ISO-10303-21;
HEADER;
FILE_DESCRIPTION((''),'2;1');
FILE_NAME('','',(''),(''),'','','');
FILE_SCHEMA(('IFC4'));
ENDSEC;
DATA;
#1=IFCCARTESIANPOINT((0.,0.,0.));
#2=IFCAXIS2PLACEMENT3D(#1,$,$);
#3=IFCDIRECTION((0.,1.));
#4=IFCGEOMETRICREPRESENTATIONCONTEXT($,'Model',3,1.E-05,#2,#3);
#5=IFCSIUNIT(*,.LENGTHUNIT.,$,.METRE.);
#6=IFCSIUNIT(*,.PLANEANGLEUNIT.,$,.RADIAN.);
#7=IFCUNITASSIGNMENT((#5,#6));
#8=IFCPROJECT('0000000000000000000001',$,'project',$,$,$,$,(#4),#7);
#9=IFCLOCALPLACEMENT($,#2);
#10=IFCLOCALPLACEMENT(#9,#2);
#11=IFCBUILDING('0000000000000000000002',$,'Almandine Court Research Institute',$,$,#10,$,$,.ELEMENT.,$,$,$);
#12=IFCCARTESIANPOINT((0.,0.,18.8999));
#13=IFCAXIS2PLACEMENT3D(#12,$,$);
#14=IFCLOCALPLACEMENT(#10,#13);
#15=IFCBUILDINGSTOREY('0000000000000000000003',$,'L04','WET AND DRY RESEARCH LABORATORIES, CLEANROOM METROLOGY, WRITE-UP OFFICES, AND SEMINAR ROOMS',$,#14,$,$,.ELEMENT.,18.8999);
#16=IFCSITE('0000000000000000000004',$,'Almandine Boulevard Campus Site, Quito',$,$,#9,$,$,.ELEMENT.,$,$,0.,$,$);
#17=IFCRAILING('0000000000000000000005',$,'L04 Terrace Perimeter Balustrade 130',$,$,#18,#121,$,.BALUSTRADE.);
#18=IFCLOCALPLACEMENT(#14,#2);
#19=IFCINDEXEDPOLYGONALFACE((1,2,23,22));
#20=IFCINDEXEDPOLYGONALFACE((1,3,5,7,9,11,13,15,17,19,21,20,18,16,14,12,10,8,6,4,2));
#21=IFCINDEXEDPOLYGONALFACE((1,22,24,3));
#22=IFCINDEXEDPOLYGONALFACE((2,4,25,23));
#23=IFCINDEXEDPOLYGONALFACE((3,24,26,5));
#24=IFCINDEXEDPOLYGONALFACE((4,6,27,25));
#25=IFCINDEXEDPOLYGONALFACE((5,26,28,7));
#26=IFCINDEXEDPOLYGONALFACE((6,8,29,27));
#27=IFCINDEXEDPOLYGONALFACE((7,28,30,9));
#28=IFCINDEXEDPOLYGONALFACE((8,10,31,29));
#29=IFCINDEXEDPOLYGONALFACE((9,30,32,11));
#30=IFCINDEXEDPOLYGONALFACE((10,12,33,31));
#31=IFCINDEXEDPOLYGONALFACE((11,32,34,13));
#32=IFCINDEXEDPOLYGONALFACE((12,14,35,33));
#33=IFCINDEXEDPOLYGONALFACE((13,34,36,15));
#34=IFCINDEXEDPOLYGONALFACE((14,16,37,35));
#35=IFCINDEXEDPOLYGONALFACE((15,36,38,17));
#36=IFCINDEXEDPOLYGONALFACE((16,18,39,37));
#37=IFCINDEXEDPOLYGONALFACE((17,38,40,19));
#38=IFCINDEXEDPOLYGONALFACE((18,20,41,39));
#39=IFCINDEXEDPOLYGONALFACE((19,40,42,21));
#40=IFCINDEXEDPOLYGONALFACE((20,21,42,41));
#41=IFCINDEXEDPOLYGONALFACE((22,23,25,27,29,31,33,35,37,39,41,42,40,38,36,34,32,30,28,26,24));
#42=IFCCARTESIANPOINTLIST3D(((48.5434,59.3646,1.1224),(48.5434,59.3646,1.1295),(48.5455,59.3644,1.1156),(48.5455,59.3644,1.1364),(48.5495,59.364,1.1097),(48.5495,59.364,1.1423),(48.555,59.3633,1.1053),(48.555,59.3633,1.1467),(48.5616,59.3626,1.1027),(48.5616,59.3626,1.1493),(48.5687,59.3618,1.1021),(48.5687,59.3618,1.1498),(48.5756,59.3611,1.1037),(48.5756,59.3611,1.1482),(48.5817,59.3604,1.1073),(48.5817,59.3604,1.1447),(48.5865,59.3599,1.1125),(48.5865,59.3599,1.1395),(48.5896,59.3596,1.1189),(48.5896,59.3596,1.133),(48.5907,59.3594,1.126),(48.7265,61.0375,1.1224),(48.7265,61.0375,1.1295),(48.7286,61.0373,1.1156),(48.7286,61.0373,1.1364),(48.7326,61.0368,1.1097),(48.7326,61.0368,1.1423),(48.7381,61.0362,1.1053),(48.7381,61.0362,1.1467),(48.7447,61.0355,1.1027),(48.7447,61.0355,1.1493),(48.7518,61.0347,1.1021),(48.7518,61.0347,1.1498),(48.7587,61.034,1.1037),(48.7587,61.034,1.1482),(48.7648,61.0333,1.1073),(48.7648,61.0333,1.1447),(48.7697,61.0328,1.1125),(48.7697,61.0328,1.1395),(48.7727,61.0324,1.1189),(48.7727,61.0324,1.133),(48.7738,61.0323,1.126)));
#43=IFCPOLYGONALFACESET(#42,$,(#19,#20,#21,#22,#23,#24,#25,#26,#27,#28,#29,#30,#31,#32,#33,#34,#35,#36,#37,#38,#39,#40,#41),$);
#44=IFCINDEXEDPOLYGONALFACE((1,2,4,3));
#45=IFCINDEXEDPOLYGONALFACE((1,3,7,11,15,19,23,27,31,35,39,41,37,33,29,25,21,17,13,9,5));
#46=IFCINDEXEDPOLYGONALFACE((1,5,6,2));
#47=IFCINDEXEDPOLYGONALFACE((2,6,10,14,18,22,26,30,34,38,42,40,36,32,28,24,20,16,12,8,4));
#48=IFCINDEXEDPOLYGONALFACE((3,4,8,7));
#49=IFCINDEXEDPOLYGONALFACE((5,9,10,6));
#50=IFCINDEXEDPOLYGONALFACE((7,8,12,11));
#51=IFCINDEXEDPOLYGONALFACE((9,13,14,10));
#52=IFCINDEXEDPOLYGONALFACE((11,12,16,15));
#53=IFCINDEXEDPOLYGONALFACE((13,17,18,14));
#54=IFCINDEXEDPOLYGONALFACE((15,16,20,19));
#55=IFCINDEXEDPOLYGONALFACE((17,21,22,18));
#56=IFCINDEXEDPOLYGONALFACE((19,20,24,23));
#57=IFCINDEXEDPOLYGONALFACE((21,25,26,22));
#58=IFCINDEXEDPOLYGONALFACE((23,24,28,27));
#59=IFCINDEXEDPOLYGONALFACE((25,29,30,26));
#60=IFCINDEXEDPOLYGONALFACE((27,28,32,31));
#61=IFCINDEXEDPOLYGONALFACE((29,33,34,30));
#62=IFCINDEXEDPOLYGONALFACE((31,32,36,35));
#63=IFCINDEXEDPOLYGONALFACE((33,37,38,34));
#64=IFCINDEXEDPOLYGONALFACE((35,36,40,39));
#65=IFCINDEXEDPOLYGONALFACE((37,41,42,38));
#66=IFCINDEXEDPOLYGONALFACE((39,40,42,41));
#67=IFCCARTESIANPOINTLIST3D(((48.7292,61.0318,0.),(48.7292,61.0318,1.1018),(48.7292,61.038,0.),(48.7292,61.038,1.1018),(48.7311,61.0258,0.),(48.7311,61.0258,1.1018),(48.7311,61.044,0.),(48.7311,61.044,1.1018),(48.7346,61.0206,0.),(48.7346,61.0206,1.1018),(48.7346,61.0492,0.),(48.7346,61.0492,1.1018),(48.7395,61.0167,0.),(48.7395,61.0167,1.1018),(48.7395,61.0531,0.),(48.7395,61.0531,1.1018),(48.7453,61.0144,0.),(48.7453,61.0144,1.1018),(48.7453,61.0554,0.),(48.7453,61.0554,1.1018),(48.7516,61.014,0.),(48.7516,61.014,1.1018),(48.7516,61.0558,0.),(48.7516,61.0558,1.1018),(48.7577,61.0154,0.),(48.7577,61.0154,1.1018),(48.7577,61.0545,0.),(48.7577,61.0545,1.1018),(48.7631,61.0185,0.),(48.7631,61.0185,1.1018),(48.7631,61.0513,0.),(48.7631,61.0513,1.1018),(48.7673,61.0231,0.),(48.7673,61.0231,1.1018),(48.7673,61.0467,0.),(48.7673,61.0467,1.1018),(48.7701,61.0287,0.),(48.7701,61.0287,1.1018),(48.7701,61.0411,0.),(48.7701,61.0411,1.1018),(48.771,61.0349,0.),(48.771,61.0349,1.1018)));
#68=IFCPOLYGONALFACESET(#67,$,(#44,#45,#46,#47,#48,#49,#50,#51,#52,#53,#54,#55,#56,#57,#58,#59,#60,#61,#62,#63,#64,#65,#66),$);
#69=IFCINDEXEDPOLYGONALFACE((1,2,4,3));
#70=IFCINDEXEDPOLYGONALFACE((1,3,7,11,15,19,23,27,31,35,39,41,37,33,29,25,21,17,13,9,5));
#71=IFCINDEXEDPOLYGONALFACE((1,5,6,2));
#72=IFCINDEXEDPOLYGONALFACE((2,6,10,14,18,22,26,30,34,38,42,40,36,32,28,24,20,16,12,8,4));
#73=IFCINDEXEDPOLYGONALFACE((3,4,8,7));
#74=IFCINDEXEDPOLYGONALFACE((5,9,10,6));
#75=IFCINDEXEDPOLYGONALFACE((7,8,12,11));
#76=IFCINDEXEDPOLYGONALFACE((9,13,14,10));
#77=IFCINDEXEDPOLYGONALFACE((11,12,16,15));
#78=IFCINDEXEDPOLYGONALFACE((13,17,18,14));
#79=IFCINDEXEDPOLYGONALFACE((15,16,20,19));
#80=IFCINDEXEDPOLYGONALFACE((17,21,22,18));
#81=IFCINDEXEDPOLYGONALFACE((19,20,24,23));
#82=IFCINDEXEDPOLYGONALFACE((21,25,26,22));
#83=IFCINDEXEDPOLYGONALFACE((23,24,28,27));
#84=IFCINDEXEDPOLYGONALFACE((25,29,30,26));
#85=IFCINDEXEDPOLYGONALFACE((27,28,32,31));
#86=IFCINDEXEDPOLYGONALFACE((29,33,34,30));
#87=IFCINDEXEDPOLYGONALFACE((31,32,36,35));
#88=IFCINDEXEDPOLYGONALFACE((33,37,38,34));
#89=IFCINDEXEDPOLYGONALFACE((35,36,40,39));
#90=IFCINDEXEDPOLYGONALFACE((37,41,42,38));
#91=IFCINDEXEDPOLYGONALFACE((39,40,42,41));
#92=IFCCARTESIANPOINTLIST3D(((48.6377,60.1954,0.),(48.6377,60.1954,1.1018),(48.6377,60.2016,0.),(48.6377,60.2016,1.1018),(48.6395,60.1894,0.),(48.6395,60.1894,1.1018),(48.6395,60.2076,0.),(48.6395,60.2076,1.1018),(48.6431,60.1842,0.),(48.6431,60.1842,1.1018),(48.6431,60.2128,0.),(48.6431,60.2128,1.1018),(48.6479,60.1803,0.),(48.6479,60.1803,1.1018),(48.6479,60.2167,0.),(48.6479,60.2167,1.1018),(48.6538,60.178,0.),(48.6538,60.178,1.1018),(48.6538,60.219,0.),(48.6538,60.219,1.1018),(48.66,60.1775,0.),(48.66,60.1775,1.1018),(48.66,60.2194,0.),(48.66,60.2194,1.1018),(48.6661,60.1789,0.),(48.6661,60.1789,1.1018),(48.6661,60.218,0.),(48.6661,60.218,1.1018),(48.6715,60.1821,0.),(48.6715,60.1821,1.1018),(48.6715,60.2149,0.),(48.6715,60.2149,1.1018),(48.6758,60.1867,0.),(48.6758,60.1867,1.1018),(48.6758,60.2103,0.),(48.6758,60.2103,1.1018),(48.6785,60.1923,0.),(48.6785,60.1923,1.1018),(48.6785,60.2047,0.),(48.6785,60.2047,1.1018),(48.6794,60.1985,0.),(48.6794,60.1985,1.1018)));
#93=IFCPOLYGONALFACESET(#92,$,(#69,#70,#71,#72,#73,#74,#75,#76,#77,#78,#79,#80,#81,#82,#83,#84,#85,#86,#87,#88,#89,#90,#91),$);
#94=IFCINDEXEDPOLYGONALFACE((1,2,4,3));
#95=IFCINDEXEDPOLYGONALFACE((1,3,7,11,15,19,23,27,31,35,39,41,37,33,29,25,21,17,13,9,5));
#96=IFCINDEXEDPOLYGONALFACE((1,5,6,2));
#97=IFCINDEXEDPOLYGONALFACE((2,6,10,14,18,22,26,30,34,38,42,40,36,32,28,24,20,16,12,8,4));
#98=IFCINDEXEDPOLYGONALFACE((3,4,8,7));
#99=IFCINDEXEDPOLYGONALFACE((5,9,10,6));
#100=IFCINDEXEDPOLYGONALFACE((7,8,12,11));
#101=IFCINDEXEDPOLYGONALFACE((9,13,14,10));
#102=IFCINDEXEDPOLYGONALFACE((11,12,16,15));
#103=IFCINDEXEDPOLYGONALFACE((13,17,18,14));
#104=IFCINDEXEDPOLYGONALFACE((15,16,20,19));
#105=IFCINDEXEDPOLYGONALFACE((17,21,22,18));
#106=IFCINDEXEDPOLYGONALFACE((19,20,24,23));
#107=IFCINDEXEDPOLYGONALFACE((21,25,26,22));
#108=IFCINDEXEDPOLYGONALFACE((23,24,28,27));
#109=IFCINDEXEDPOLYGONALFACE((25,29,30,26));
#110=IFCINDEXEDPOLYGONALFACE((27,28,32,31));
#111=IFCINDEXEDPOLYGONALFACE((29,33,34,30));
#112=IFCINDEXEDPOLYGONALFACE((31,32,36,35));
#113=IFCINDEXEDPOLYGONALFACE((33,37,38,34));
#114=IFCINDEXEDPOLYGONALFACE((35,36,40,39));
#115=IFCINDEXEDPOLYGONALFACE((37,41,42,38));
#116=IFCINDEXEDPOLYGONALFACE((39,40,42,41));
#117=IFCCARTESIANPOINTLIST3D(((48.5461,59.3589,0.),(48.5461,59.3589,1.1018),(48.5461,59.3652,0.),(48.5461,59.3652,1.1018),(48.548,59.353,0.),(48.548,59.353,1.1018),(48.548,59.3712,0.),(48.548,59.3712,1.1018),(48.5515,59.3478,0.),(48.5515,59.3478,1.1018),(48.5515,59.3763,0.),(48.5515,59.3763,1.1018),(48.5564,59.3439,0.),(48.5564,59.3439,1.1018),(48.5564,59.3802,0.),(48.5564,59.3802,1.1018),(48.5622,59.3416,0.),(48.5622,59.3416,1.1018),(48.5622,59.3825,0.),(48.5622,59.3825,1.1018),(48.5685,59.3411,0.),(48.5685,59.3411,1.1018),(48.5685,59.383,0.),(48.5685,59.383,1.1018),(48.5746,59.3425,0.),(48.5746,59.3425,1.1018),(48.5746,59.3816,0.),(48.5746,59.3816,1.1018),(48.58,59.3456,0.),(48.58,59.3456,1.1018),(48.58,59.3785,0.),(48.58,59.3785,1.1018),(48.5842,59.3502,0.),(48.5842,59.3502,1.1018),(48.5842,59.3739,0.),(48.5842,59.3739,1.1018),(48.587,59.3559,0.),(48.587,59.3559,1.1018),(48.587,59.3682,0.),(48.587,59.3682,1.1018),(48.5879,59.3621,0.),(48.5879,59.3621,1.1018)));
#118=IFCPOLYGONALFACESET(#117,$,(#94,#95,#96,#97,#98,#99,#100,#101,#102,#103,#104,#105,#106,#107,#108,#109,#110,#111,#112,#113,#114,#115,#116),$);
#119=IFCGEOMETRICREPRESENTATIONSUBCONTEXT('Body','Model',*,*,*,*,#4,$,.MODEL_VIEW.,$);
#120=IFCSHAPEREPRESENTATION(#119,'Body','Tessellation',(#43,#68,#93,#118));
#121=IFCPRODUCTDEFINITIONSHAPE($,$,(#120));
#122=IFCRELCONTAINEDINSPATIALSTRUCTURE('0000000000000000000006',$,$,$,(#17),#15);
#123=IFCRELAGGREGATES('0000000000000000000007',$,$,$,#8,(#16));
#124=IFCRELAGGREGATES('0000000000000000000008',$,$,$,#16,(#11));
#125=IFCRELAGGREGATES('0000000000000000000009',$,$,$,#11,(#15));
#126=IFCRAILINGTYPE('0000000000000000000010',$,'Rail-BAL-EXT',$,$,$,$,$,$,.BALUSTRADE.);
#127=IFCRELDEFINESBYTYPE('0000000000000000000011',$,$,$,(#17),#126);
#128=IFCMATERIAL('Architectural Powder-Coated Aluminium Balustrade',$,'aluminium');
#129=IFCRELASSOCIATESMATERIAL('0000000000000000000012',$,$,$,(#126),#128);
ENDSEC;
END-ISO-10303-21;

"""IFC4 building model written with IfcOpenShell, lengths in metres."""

from ifc_helpers import new_model, si_unit, direction, frame, origin, origin_2d, place, context, subcontext, project, spatial, circle, extrude, material, type_object, element, save


model = new_model("IFC4")

# Units and contexts
model_context = context("Model", 3, precision=1e-05, world=origin(), true_north=direction((0.0, 1.0)))
body_context = subcontext(model_context, "Body", "Model", "MODEL_VIEW")
ifc_project = project(units=[si_unit("LENGTHUNIT", "METRE"), si_unit("PLANEANGLEUNIT", "RADIAN")], contexts=[model_context])

# Site, building, storey
site_placement = place(None, origin())
site = spatial("IfcSite", under=ifc_project, at=site_placement, Name="Almandine Boulevard Campus Site, Quito", CompositionType="ELEMENT", RefElevation=0.0)
building_placement = place(site_placement, origin())
building = spatial("IfcBuilding", under=site, at=building_placement, Name="Almandine Court Research Institute", CompositionType="ELEMENT")
storey_placement = place(building_placement, frame((0.0, 0.0, 18.8999)))
storey = spatial("IfcBuildingStorey", under=building, at=storey_placement, Name="L04", Description="WET AND DRY RESEARCH LABORATORIES, CLEANROOM METROLOGY, WRITE-UP OFFICES, AND SEMINAR ROOMS", CompositionType="ELEMENT", Elevation=18.8999)

# Railing
ifc_material_1 = material(Name="Architectural Powder-Coated Aluminium Balustrade", Category="aluminium")
railing_type = type_object("IfcRailingType", Name="Rail-BAL-EXT", PredefinedType="BALUSTRADE", material=ifc_material_1)
railing_1_placement = place(storey_placement, frame((48.75, 61.0349, 0.0)))
element("IfcRailing", 1, at=railing_1_placement, inside=storey, type_object=railing_type, Name="L04 Terrace Perimeter Balustrade 130", PredefinedType="BALUSTRADE", context=body_context, shape_type="SweptSolid", body=[
    extrude(circle(Radius=0.0239, at=origin_2d()), frame((0.0, 0.0, 1.126), z_axis=(-0.108807, -0.994063, 0.0), x_axis=(0.994063, -0.108807, 0.0)), (0.0, 0.0, 1.0), 1.6829),
    extrude(circle(Radius=0.021, at=origin_2d()), origin(), (0.0, 0.0, 1.0), 1.1018),
    extrude(circle(Radius=0.021, at=origin_2d()), frame((-0.0916, -0.8364, 0.0)), (0.0, 0.0, 1.0), 1.1018),
    extrude(circle(Radius=0.021, at=origin_2d()), frame((-0.1831, -1.6729, 0.0)), (0.0, 0.0, 1.0), 1.1018),
])

save(model, "model.ifc")
